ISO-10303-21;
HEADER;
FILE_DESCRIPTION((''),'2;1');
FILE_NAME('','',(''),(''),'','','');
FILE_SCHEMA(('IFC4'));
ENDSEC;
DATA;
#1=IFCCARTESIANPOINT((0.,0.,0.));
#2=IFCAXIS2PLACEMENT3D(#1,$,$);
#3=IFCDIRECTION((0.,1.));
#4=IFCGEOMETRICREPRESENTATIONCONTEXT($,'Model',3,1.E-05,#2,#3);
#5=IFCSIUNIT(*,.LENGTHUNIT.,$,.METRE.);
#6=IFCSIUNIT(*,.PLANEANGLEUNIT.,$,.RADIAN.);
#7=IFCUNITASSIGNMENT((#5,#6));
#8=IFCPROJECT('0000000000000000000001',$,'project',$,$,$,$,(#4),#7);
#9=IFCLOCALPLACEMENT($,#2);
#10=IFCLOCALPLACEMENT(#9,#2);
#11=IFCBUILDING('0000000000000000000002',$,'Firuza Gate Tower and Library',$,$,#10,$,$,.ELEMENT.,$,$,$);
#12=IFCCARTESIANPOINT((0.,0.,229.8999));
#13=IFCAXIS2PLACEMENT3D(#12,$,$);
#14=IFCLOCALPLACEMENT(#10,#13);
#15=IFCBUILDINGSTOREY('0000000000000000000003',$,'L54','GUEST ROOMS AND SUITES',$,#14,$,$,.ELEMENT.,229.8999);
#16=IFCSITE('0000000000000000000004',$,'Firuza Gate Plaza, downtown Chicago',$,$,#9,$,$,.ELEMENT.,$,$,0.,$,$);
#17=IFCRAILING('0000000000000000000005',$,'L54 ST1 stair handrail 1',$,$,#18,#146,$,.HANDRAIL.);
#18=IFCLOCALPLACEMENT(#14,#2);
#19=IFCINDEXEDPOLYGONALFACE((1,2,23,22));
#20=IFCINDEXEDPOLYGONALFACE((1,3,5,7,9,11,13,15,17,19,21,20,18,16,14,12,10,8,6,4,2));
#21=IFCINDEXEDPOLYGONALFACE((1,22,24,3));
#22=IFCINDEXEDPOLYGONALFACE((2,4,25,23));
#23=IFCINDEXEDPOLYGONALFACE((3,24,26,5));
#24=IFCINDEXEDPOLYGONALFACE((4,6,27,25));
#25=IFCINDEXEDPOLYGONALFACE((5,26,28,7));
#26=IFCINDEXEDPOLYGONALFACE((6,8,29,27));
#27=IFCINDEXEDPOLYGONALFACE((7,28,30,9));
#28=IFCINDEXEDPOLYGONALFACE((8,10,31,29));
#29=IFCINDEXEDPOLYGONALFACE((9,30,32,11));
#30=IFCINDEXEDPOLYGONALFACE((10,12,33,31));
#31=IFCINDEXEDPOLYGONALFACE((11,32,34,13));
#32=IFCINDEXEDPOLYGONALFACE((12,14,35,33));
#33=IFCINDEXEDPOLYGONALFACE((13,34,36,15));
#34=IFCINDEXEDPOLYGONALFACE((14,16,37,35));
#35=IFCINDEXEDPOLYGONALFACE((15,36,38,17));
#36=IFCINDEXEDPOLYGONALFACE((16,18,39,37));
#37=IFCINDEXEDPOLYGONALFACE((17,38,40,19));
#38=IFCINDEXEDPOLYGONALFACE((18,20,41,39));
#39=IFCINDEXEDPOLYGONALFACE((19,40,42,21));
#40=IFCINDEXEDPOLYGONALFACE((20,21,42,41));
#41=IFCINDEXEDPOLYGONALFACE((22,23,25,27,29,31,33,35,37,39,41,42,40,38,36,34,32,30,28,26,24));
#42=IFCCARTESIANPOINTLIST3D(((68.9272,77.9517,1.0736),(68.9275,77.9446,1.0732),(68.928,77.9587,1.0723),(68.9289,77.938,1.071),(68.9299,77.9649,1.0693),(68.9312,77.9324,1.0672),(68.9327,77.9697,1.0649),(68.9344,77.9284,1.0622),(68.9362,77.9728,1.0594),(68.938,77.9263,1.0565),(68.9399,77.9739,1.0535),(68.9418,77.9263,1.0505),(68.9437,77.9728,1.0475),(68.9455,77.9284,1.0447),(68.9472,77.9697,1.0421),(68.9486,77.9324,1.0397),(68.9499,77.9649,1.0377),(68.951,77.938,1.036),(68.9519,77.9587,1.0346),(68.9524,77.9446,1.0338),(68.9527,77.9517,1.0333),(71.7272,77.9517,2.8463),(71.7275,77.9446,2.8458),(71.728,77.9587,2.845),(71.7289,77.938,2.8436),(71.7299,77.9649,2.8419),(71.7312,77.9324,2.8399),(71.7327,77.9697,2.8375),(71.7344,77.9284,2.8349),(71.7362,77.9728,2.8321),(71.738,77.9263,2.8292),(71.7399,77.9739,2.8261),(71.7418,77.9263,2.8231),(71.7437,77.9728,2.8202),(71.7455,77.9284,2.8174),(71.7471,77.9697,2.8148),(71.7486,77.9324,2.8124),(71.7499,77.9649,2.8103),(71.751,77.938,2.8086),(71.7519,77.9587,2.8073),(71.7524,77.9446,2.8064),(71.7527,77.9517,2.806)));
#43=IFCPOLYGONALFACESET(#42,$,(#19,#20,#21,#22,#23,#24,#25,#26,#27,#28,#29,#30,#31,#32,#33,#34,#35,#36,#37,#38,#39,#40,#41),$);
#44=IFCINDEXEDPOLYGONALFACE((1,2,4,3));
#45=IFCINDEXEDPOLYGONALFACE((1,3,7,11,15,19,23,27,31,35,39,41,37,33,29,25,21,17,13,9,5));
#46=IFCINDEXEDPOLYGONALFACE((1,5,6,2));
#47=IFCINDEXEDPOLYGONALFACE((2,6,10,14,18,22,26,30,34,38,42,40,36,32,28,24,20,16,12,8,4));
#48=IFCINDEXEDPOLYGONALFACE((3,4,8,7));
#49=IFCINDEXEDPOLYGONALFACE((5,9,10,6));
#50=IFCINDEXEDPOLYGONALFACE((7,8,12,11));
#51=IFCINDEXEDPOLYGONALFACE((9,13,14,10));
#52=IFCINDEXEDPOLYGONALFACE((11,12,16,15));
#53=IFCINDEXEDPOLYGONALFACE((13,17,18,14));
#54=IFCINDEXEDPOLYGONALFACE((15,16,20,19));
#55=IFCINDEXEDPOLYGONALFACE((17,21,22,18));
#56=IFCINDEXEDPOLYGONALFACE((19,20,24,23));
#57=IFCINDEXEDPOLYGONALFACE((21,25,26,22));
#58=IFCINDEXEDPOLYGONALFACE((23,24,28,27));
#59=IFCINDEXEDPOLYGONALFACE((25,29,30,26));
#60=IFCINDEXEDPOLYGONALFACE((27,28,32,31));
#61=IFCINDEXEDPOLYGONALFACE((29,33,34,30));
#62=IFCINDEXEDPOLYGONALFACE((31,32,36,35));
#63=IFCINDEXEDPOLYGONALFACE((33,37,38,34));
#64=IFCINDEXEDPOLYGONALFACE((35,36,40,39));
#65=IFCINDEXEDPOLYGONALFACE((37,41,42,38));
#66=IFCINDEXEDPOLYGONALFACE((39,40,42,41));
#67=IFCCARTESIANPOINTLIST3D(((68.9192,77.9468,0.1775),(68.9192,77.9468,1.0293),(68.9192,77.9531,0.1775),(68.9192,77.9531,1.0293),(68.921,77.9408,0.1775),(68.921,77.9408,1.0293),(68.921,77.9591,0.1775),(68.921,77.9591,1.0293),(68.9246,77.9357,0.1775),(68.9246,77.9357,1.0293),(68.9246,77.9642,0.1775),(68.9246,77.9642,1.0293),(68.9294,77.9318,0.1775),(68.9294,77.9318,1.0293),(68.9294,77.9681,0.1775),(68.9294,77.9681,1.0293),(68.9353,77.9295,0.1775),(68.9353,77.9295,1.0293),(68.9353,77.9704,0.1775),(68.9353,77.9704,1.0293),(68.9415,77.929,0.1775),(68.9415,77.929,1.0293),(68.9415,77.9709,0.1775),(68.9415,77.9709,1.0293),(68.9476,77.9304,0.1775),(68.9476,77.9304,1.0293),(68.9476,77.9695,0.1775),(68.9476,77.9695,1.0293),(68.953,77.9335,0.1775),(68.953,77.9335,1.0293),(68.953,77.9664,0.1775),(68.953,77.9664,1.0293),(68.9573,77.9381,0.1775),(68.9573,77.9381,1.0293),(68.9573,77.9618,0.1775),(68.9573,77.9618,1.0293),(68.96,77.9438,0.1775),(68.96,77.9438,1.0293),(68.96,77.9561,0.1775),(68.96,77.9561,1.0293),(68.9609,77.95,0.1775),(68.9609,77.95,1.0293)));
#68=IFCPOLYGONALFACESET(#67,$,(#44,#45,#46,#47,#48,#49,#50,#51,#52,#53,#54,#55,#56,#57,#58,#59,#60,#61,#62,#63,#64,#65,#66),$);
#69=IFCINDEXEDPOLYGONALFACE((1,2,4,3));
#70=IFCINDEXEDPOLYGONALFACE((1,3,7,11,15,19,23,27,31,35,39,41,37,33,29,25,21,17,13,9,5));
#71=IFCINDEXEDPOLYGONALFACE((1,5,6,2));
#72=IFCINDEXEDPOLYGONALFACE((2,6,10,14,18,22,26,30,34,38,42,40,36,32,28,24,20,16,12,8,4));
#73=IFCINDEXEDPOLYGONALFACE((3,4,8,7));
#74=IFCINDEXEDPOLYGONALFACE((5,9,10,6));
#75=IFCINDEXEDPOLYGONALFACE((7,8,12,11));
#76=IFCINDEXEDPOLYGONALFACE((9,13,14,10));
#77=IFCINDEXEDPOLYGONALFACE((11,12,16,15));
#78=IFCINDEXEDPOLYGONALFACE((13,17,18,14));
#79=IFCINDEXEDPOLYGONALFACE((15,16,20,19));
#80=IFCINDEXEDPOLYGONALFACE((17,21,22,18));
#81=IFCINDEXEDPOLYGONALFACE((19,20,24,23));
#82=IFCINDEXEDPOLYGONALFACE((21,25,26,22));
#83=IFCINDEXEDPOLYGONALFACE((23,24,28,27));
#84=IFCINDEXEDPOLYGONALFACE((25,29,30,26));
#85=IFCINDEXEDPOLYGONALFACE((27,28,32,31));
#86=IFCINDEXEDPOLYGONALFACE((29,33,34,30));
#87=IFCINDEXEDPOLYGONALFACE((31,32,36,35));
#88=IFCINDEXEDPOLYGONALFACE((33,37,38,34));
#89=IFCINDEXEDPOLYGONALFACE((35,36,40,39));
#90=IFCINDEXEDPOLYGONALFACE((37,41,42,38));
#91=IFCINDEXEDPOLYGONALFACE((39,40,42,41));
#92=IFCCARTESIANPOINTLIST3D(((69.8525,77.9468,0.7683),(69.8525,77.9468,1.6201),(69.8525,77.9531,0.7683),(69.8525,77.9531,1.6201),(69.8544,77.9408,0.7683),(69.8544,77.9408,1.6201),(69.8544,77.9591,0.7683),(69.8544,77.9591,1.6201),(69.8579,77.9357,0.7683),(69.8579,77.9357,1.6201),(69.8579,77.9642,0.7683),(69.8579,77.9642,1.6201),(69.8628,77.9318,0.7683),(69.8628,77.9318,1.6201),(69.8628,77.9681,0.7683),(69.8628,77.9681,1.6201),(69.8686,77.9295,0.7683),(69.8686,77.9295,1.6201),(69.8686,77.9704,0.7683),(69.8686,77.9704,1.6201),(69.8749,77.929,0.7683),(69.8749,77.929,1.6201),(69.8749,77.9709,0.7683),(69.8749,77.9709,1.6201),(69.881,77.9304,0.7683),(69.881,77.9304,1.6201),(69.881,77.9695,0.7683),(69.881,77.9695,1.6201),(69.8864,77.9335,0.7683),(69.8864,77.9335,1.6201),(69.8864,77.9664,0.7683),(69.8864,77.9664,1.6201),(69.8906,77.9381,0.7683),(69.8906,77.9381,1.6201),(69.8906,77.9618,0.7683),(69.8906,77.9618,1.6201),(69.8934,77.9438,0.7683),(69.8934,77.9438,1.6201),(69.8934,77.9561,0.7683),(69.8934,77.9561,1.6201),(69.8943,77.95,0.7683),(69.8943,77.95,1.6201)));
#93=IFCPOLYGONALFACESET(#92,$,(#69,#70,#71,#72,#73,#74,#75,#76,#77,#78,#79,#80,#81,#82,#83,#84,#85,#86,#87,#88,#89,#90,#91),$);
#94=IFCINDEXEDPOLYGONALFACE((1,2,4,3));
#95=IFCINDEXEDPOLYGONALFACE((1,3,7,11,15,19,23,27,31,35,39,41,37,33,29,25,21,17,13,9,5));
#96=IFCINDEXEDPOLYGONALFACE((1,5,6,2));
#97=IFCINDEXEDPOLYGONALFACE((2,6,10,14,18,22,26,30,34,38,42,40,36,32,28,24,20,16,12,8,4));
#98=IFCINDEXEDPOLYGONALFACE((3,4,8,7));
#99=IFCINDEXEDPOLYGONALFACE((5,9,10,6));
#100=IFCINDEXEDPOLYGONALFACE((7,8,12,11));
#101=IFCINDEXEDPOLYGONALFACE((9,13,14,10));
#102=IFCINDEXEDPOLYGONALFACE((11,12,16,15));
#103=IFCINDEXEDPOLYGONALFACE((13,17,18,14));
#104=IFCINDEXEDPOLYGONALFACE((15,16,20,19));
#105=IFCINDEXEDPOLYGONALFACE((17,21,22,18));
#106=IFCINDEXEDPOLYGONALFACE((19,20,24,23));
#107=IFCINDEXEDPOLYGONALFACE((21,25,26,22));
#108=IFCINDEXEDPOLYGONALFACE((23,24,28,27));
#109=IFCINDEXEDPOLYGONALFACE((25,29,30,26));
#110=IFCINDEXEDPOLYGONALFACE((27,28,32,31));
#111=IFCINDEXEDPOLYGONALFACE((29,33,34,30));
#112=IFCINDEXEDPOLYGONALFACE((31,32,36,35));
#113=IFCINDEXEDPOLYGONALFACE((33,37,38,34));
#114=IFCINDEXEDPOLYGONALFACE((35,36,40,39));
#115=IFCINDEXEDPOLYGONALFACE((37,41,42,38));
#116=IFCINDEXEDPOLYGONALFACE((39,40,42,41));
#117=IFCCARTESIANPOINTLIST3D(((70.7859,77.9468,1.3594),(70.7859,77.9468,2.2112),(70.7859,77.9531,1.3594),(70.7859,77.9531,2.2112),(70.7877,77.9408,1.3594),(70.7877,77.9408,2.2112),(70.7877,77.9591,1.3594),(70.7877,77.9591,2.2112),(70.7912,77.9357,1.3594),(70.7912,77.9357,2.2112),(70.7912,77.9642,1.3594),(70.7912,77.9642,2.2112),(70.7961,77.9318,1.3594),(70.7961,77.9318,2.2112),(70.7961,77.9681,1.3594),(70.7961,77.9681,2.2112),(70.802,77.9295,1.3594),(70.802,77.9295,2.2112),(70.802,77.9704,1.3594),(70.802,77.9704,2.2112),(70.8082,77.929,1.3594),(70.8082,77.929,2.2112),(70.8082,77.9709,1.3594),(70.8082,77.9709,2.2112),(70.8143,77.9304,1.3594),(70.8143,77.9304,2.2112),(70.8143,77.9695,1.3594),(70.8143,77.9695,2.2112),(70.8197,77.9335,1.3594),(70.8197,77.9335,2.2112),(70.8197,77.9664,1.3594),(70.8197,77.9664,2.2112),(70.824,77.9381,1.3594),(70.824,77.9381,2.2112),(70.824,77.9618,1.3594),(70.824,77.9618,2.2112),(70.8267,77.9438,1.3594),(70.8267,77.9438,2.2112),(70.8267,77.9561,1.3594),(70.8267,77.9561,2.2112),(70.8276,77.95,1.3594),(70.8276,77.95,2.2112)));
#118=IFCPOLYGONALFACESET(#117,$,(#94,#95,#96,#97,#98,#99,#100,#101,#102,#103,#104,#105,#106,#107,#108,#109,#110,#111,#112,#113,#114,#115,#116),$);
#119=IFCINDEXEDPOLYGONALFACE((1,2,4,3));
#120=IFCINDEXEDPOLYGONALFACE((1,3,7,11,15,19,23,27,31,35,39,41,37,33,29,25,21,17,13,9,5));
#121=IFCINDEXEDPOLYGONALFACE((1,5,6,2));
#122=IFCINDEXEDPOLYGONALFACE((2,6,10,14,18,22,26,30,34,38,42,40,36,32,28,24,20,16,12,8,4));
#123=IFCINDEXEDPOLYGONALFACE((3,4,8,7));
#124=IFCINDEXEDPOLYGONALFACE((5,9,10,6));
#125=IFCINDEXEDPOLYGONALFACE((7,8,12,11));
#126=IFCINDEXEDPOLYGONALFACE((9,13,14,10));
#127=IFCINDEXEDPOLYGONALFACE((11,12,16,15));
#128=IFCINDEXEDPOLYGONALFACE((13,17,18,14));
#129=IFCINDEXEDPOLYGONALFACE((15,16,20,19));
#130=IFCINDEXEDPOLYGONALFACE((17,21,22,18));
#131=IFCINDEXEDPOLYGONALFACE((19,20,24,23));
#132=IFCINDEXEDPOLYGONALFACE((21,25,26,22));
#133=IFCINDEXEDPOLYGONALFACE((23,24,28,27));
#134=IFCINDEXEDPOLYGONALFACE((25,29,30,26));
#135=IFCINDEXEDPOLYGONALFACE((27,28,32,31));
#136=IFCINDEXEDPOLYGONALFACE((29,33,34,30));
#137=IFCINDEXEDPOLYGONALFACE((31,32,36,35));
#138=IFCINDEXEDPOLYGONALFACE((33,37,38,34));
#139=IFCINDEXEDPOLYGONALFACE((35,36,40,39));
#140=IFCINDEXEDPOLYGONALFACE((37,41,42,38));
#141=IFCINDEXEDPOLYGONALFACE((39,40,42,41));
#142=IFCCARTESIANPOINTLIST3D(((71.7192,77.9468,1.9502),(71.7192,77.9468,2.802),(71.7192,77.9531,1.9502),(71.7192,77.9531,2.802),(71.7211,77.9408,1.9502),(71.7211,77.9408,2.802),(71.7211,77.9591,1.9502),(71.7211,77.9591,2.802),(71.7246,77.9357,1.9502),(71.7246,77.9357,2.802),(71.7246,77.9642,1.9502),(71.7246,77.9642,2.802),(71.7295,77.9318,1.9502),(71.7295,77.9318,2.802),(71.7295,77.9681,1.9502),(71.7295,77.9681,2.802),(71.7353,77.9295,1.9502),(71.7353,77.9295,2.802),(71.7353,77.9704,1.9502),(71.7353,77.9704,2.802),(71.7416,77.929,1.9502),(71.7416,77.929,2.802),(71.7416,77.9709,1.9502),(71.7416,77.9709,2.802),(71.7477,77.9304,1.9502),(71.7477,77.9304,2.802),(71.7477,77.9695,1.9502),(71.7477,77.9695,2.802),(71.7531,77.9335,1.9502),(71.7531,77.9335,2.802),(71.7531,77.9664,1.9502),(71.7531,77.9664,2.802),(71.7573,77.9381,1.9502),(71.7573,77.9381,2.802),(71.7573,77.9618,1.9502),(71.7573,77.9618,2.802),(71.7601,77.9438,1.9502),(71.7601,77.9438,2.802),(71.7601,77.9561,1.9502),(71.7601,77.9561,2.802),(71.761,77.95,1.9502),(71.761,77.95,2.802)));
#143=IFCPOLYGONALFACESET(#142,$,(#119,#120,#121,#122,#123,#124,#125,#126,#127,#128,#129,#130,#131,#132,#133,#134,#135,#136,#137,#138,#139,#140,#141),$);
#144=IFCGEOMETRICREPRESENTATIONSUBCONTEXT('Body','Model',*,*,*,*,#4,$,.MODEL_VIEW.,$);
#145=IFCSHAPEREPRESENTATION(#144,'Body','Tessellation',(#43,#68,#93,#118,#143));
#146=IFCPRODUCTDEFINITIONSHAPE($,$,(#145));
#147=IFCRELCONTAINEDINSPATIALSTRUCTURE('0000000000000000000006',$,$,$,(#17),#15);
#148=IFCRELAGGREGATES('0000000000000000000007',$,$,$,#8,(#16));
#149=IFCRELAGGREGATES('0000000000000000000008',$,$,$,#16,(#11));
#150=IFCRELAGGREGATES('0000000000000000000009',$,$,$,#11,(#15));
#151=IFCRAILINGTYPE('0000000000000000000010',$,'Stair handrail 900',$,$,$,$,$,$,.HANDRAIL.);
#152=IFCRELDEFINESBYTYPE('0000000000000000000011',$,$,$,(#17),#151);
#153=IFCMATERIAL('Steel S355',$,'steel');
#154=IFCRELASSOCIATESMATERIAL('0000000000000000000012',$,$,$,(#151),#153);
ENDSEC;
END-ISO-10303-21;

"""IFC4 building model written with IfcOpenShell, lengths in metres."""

from ifc_helpers import new_model, si_unit, direction, frame, origin, origin_2d, place, context, subcontext, project, spatial, circle, extrude, material, type_object, element, save


model = new_model("IFC4")

# Units and contexts
model_context = context("Model", 3, precision=1e-05, world=origin(), true_north=direction((0.0, 1.0)))
body_context = subcontext(model_context, "Body", "Model", "MODEL_VIEW")
ifc_project = project(units=[si_unit("LENGTHUNIT", "METRE"), si_unit("PLANEANGLEUNIT", "RADIAN")], contexts=[model_context])

# Site, building, storey
site_placement = place(None, origin())
site = spatial("IfcSite", under=ifc_project, at=site_placement, Name="Firuza Gate Plaza, downtown Chicago", CompositionType="ELEMENT", RefElevation=0.0)
building_placement = place(site_placement, origin())
building = spatial("IfcBuilding", under=site, at=building_placement, Name="Firuza Gate Tower and Library", CompositionType="ELEMENT")
storey_placement = place(building_placement, frame((0.0, 0.0, 229.8999)))
storey = spatial("IfcBuildingStorey", under=building, at=storey_placement, Name="L54", Description="GUEST ROOMS AND SUITES", CompositionType="ELEMENT", Elevation=229.8999)

# Railing
ifc_material_1 = material(Name="Steel S355", Category="steel")
railing_type_1 = type_object("IfcRailingType", Name="Stair handrail 900", PredefinedType="HANDRAIL", material=ifc_material_1)
railing_1_placement = place(storey_placement, frame((68.9399, 77.95, 0.1775)))
element("IfcRailing", 1, at=railing_1_placement, inside=storey, type_object=railing_type_1, Name="L54 ST1 stair handrail 1", PredefinedType="HANDRAIL", context=body_context, shape_type="SweptSolid", body=[
    extrude(circle(Radius=0.0239, at=origin_2d()), frame((0.0, 0.0, 0.876), z_axis=(0.844909, 0.0, 0.53491), x_axis=(0.0, 1.0, 0.0)), (0.0, 0.0, 1.0), 3.314),
    extrude(circle(Radius=0.021, at=origin_2d()), origin(), (0.0, 0.0, 1.0), 0.8518),
    extrude(circle(Radius=0.021, at=origin_2d()), frame((0.9333, 0.0, 0.5908)), (0.0, 0.0, 1.0), 0.8518),
    extrude(circle(Radius=0.021, at=origin_2d()), frame((1.8667, 0.0, 1.1819)), (0.0, 0.0, 1.0), 0.8518),
    extrude(circle(Radius=0.021, at=origin_2d()), frame((2.8, 0.0, 1.7727)), (0.0, 0.0, 1.0), 0.8518),
])

save(model, "model.ifc")
